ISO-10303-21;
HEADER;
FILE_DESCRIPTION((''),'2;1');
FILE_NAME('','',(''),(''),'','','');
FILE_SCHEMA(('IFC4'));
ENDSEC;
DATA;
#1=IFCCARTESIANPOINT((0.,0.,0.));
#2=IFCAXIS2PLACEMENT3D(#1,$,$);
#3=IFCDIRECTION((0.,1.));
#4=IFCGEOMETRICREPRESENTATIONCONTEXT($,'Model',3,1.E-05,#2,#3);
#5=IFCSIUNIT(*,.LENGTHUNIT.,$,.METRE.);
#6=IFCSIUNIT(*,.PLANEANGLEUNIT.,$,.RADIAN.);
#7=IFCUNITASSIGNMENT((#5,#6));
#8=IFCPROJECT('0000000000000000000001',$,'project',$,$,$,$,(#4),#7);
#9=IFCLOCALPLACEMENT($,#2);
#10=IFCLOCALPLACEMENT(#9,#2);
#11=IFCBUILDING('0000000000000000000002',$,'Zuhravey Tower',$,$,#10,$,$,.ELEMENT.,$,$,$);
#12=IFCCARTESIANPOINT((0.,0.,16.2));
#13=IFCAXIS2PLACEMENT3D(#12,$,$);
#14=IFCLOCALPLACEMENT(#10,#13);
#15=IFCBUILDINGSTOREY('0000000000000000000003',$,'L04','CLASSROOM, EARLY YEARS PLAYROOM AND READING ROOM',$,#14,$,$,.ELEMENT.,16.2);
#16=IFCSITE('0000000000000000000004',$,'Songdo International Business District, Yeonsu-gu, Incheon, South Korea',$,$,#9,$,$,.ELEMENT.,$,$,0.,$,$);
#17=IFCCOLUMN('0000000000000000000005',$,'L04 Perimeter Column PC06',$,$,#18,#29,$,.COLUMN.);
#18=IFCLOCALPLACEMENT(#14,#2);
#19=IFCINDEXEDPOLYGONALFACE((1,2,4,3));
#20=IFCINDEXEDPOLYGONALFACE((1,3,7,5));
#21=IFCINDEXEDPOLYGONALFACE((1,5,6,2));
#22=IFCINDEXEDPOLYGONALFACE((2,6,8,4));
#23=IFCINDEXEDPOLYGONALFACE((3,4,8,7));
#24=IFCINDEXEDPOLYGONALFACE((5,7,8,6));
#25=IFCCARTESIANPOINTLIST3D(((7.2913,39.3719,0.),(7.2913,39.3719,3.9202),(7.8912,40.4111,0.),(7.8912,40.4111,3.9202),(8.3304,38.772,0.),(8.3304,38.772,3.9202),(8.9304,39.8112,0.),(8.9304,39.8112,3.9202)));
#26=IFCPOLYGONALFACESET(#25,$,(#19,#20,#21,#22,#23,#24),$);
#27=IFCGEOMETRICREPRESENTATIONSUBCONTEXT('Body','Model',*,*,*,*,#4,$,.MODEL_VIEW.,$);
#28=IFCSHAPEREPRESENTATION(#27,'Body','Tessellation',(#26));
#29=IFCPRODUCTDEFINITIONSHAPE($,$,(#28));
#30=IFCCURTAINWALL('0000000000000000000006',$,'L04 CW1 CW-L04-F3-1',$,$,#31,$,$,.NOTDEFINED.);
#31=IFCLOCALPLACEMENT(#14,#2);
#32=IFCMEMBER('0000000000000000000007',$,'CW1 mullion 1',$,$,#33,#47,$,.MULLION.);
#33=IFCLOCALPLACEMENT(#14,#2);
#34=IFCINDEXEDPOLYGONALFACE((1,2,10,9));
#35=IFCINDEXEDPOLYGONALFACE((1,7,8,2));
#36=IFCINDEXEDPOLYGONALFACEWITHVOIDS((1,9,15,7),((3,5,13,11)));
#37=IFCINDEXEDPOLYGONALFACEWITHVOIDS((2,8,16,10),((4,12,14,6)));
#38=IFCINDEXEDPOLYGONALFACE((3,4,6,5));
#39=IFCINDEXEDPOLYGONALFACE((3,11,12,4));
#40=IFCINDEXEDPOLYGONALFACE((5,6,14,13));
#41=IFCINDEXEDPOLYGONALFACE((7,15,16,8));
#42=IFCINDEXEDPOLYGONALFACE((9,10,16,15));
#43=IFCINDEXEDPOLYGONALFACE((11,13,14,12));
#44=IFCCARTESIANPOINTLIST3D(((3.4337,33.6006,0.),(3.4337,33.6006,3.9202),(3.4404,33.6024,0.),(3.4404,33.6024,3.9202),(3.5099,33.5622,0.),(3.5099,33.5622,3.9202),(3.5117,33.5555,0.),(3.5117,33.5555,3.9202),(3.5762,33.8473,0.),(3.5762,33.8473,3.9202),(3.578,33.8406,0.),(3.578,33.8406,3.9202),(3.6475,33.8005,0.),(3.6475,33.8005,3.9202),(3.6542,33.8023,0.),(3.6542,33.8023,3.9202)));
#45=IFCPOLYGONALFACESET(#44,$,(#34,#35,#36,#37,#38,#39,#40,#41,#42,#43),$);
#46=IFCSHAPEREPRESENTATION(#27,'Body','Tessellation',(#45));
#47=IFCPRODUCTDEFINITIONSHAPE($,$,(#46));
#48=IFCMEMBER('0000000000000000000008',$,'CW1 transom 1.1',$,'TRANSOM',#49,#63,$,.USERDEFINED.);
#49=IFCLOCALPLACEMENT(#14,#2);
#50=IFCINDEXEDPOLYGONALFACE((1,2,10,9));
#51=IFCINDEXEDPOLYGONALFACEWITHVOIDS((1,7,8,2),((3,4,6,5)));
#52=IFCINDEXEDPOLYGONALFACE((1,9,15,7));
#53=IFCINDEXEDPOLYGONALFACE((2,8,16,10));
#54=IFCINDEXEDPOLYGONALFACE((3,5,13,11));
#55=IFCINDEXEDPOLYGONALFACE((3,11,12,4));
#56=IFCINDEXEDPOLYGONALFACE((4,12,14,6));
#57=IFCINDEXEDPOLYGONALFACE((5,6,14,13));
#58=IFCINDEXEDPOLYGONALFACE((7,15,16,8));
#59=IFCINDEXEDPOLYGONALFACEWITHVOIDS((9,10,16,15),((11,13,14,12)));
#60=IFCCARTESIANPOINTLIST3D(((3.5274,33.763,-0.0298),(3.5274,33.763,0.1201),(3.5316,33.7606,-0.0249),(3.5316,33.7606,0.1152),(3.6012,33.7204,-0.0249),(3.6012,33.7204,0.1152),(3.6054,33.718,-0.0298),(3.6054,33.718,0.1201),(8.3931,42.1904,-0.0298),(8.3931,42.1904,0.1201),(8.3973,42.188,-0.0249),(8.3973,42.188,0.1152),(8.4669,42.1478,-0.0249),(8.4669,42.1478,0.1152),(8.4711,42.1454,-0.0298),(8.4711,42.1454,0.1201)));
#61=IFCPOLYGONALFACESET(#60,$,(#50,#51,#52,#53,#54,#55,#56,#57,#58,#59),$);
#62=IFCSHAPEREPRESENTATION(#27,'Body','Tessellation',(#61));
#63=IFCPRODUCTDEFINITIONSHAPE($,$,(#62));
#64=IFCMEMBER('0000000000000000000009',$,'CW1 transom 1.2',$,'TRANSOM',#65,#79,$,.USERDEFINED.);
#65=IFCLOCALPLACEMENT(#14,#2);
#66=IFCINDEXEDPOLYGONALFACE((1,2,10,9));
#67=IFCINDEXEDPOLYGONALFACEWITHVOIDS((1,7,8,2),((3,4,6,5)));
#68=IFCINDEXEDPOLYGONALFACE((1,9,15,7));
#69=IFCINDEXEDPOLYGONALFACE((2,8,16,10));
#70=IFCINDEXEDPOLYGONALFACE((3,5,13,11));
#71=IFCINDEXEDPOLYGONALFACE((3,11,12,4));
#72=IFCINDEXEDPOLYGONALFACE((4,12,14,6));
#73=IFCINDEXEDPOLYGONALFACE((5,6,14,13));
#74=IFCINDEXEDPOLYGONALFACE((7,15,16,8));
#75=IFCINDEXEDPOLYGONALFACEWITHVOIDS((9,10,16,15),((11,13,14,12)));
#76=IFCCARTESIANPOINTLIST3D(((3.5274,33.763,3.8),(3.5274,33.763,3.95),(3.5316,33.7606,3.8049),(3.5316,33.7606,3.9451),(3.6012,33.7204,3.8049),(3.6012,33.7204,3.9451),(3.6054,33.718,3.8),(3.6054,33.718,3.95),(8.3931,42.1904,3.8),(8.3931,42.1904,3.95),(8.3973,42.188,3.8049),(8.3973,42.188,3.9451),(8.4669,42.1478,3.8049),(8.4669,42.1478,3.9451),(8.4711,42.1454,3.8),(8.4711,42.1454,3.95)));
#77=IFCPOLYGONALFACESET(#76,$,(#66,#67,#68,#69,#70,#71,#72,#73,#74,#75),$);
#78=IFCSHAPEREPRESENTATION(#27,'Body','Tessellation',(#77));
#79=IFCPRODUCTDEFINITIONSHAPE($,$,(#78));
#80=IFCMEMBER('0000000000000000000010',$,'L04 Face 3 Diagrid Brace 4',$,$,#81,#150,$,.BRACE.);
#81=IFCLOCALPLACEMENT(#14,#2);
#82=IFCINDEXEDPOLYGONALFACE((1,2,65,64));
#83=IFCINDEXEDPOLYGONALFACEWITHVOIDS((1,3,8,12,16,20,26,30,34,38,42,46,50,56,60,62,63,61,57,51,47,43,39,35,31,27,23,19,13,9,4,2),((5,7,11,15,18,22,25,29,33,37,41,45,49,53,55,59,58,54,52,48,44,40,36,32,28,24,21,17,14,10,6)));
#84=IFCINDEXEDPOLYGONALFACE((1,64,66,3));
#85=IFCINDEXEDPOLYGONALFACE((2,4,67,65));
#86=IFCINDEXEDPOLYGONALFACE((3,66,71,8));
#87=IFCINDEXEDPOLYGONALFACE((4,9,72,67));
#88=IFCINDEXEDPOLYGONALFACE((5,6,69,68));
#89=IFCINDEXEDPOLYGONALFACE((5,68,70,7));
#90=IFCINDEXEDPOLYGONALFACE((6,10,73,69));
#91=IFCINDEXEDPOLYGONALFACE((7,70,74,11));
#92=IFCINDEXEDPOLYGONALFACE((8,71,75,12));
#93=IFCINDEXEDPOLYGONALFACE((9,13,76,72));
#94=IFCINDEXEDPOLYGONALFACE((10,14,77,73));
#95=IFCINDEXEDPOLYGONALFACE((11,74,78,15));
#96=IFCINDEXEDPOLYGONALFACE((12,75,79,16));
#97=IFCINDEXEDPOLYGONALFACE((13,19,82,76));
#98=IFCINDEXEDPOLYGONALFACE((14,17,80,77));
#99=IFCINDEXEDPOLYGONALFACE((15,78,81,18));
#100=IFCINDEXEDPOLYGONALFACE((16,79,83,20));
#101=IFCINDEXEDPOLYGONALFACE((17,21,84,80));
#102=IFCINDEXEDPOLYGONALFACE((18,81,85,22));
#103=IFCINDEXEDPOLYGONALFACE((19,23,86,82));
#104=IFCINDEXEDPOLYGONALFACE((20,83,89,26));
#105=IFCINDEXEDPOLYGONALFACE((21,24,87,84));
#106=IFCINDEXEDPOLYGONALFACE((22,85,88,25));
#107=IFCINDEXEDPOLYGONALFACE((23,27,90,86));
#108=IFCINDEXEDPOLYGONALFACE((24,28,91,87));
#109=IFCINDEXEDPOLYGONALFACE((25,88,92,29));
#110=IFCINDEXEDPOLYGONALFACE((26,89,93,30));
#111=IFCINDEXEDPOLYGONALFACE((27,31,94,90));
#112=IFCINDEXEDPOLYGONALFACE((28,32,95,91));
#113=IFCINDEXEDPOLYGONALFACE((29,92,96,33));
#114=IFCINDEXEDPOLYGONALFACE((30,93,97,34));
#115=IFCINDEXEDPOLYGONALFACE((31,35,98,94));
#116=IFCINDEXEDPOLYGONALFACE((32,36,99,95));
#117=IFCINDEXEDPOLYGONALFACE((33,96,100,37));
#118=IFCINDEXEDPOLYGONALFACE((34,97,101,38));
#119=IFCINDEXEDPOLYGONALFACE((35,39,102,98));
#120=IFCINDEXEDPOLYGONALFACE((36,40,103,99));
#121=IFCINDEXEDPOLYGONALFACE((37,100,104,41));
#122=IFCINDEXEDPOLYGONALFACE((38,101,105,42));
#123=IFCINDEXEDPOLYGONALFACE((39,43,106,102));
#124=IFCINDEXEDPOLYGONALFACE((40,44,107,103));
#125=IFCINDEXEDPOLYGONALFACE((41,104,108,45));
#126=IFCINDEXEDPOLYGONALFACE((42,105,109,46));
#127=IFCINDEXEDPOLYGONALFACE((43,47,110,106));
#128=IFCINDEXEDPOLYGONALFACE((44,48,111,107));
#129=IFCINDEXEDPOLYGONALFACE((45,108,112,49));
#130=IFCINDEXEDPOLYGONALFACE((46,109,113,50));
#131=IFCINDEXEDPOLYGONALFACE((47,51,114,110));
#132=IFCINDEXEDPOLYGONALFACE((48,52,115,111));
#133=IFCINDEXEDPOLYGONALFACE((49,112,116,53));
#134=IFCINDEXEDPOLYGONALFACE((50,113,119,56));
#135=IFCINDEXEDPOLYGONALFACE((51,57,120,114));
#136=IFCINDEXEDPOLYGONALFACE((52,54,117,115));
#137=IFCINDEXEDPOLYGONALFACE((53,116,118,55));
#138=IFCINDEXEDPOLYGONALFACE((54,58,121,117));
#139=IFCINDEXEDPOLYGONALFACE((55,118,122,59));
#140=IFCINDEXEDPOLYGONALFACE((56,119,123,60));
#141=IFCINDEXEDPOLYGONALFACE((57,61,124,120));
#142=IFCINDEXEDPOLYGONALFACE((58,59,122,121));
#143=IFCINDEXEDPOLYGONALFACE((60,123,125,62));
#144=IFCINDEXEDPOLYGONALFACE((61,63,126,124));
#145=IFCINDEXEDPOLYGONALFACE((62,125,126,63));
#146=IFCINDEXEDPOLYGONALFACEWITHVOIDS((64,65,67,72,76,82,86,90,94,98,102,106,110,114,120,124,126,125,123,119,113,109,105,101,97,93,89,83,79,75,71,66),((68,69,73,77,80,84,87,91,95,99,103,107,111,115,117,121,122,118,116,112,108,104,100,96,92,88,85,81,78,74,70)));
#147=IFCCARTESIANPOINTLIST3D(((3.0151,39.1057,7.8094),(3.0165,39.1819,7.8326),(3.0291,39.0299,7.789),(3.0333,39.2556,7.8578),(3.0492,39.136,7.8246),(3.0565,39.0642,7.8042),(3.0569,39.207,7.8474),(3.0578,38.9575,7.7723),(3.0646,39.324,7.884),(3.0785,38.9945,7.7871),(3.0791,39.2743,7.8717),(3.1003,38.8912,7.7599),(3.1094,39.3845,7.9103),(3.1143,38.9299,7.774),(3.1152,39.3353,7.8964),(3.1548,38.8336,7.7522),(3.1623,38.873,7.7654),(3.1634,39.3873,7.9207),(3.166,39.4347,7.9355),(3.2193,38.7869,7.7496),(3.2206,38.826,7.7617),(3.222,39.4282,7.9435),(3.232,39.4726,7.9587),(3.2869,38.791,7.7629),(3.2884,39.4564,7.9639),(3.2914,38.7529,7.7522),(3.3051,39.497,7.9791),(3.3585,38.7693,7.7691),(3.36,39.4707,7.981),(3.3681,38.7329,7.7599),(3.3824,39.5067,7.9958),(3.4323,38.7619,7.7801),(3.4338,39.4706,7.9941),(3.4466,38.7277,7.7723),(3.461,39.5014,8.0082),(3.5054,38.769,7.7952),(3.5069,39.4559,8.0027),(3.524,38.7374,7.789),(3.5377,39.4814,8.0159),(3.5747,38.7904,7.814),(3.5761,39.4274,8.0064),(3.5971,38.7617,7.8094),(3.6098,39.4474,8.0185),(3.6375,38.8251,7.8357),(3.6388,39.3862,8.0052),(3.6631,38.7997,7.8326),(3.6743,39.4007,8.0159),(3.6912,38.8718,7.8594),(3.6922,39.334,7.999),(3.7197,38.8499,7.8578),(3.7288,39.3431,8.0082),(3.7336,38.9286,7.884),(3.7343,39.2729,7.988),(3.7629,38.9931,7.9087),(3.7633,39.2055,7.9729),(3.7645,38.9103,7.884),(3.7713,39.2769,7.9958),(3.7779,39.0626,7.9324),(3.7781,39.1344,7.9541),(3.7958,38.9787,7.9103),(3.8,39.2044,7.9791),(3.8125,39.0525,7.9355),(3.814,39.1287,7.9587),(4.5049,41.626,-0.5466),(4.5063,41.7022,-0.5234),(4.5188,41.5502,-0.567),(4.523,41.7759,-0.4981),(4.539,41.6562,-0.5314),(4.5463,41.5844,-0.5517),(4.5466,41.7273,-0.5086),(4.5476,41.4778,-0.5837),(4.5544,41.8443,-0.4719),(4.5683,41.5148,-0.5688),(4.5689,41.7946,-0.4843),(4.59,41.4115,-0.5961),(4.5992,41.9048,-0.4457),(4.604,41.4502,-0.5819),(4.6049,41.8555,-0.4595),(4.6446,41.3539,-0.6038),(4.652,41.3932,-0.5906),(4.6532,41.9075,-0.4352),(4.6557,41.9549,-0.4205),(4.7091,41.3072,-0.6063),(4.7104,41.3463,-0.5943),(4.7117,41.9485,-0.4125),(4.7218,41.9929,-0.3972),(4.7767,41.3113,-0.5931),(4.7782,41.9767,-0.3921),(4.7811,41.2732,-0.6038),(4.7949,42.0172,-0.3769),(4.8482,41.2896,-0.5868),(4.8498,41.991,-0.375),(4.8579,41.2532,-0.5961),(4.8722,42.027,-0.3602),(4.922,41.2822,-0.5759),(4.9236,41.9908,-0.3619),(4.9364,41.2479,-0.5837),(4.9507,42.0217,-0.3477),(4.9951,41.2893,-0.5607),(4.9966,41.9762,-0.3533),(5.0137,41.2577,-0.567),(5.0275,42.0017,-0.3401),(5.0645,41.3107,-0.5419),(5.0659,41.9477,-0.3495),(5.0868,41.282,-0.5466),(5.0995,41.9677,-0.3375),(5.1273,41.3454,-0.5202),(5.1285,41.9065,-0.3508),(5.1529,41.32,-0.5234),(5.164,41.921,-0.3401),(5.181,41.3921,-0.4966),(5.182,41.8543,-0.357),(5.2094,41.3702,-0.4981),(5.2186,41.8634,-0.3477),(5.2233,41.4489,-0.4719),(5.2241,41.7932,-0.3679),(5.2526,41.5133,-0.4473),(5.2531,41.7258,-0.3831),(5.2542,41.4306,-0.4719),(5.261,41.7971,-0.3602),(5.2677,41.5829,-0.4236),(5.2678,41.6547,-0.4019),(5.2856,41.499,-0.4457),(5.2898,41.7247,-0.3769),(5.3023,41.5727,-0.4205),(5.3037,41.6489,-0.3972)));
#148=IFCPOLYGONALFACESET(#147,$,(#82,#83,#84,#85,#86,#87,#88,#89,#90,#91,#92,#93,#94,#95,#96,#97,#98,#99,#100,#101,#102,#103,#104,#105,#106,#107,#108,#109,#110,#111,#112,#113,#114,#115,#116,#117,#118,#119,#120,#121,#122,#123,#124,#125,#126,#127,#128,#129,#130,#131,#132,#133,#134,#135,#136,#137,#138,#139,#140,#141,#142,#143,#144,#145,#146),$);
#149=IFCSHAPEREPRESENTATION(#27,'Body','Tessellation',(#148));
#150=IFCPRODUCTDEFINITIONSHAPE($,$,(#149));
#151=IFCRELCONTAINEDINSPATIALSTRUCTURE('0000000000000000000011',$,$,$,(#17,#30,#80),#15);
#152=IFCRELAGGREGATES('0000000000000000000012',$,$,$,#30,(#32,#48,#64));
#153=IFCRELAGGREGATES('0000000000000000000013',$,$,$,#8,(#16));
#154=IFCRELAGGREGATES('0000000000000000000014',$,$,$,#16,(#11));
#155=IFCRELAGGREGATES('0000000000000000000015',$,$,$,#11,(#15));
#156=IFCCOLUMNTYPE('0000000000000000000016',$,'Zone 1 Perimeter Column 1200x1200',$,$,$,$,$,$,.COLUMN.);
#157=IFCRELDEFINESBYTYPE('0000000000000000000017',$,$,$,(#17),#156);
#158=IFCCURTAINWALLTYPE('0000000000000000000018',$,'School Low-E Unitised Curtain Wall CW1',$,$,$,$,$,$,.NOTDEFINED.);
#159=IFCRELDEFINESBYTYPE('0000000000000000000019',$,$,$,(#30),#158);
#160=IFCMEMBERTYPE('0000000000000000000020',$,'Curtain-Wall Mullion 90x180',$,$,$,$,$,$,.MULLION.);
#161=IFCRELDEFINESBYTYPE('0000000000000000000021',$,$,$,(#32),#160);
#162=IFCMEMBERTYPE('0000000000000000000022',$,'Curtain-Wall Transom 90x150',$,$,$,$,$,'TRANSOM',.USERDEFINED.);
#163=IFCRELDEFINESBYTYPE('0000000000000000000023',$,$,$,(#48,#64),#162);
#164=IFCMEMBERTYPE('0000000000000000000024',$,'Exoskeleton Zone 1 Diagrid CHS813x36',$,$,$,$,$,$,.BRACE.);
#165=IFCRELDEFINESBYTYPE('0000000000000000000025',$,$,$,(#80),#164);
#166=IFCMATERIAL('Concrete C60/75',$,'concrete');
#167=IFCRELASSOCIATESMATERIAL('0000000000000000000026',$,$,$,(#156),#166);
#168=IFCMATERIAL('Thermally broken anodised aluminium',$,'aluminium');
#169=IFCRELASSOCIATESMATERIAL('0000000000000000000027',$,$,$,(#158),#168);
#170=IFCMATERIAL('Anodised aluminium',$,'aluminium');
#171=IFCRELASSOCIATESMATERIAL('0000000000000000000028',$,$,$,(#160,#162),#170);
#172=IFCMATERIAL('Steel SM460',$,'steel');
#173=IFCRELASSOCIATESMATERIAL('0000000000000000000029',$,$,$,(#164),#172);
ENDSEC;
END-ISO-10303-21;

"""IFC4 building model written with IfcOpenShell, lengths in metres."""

from ifc_helpers import new_model, si_unit, direction, frame, origin, origin_2d, place, context, subcontext, project, spatial, rectangle, hollow_rectangle, hollow_circle, extrude, material, material_profile, profile_set, type_object, element, aggregate, save


model = new_model("IFC4")

# Units and contexts
model_context = context("Model", 3, precision=1e-05, world=origin(), true_north=direction((0.0, 1.0)))
body_context = subcontext(model_context, "Body", "Model", "MODEL_VIEW")
ifc_project = project(units=[si_unit("LENGTHUNIT", "METRE"), si_unit("PLANEANGLEUNIT", "RADIAN")], contexts=[model_context])

# Site, building, storey
site_placement = place(None, origin())
site = spatial("IfcSite", under=ifc_project, at=site_placement, Name="Songdo International Business District, Yeonsu-gu, Incheon, South Korea", CompositionType="ELEMENT", RefElevation=0.0)
building_placement = place(site_placement, origin())
building = spatial("IfcBuilding", under=site, at=building_placement, Name="Zuhravey Tower", CompositionType="ELEMENT")
storey_placement = place(building_placement, frame((0.0, 0.0, 16.2)))
storey = spatial("IfcBuildingStorey", under=building, at=storey_placement, Name="L04", Description="CLASSROOM, EARLY YEARS PLAYROOM AND READING ROOM", CompositionType="ELEMENT", Elevation=16.2)

# Column
ifc_material_1 = material(Name="Concrete C60/75", Category="concrete")
ifc_material_profile_1 = material_profile(ifc_material_1, rectangle(XDim=1.2, YDim=1.2, at=origin_2d()), Name="RC-1200x1200")
ifc_profile_set_1 = profile_set([ifc_material_profile_1], Name="Concrete C60/75")
column_type = type_object("IfcColumnType", Name="Zone 1 Perimeter Column 1200x1200", PredefinedType="COLUMN", material=ifc_profile_set_1)
column_placement = place(storey_placement, frame((8.1108, 39.5916, 0.0), z_axis=(0.0, 0.0, 1.0), x_axis=(-0.5, -0.866025, 0.0)))
element("IfcColumn", 1, at=column_placement, inside=storey, type_object=column_type, Name="L04 Perimeter Column PC06", PredefinedType="COLUMN", context=body_context, shape_type="SweptSolid", body=[
    extrude(rectangle(XDim=1.2, YDim=1.2, at=origin_2d()), origin(), (0.0, 0.0, 1.0), 3.9202),
])

# Curtain wall, members
ifc_material_2 = material(Name="Thermally broken anodised aluminium", Category="aluminium")
curtain_wall_type = type_object("IfcCurtainWallType", Name="School Low-E Unitised Curtain Wall CW1", PredefinedType="NOTDEFINED", material=ifc_material_2)
curtain_wall_placement = place(storey_placement, origin())
curtain_wall = element("IfcCurtainWall", 2, at=curtain_wall_placement, inside=storey, type_object=curtain_wall_type, Name="L04 CW1 CW-L04-F3-1", PredefinedType="NOTDEFINED")
ifc_material_3 = material(Name="Anodised aluminium", Category="aluminium")
ifc_material_profile_2 = material_profile(ifc_material_3, hollow_rectangle(XDim=0.0901, YDim=0.2849, WallThickness=0.0049, at=origin_2d()), Name="ALU-RHS-90x285x5")
ifc_profile_set_2 = profile_set([ifc_material_profile_2], Name="Anodised aluminium")
member_type_1 = type_object("IfcMemberType", Name="Curtain-Wall Mullion 90x180", PredefinedType="MULLION", material=ifc_profile_set_2)
member_1_placement = place(storey_placement, frame((3.5439, 33.7014, 0.0), z_axis=(0.0, 0.0, 1.0), x_axis=(-0.866026, 0.5, 0.0)))
member_1 = element("IfcMember", 3, at=member_1_placement, type_object=member_type_1, Name="CW1 mullion 1", PredefinedType="MULLION", context=body_context, shape_type="SweptSolid", body=[
    extrude(hollow_rectangle(XDim=0.0901, YDim=0.2849, WallThickness=0.0049, at=origin_2d()), origin(), (0.0, 0.0, 1.0), 3.9202),
])
ifc_material_profile_3 = material_profile(ifc_material_3, hollow_rectangle(XDim=0.0901, YDim=0.1499, WallThickness=0.0049, at=origin_2d()), Name="ALU-RHS-90x150x5")
ifc_profile_set_3 = profile_set([ifc_material_profile_3], Name="Anodised aluminium")
member_type_2 = type_object("IfcMemberType", Name="Curtain-Wall Transom 90x150", ElementType="TRANSOM", PredefinedType="USERDEFINED", material=ifc_profile_set_3)
member_2_placement = place(storey_placement, frame((3.5664, 33.7405, 0.0452), z_axis=(0.500008, 0.866021, 0.0), x_axis=(-0.866021, 0.500008, 0.0)))
member_2 = element("IfcMember", 4, at=member_2_placement, type_object=member_type_2, Name="CW1 transom 1.1", ObjectType="TRANSOM", PredefinedType="USERDEFINED", context=body_context, shape_type="SweptSolid", body=[
    extrude(hollow_rectangle(XDim=0.0901, YDim=0.1499, WallThickness=0.0049, at=origin_2d()), origin(), (0.0, 0.0, 1.0), 9.7312),
])
member_3_placement = place(storey_placement, frame((3.5664, 33.7405, 3.875), z_axis=(0.500008, 0.866021, 0.0), x_axis=(-0.866021, 0.500008, 0.0)))
member_3 = element("IfcMember", 5, at=member_3_placement, type_object=member_type_2, Name="CW1 transom 1.2", ObjectType="TRANSOM", PredefinedType="USERDEFINED", context=body_context, shape_type="SweptSolid", body=[
    extrude(hollow_rectangle(XDim=0.0901, YDim=0.1499, WallThickness=0.0049, at=origin_2d()), origin(), (0.0, 0.0, 1.0), 9.7312),
])

# Member
ifc_material_4 = material(Name="Steel SM460", Category="steel")
ifc_material_profile_4 = material_profile(ifc_material_4, hollow_circle(Radius=0.4065, WallThickness=0.0359, at=origin_2d()), Name="CHS-812.8x36")
ifc_profile_set_4 = profile_set([ifc_material_profile_4], Name="Steel SM460")
member_type_3 = type_object("IfcMemberType", Name="Exoskeleton Zone 1 Diagrid CHS813x36", PredefinedType="BRACE", material=ifc_profile_set_4)
member_4_placement = place(storey_placement, frame((4.9043, 41.6375, -0.4719), z_axis=(-0.168257, -0.284647, 0.943751), x_axis=(0.860852, -0.508856, 0.0)))
element("IfcMember", 6, at=member_4_placement, inside=storey, type_object=member_type_3, Name="L04 Face 3 Diagrid Brace 4", PredefinedType="BRACE", context=body_context, shape_type="SweptSolid", body=[
    extrude(hollow_circle(Radius=0.4065, WallThickness=0.0359, at=origin_2d()), origin(), (0.0, 0.0, 1.0), 8.854),
])

aggregate(curtain_wall, [member_1, member_2, member_3])

save(model, "model.ifc")
